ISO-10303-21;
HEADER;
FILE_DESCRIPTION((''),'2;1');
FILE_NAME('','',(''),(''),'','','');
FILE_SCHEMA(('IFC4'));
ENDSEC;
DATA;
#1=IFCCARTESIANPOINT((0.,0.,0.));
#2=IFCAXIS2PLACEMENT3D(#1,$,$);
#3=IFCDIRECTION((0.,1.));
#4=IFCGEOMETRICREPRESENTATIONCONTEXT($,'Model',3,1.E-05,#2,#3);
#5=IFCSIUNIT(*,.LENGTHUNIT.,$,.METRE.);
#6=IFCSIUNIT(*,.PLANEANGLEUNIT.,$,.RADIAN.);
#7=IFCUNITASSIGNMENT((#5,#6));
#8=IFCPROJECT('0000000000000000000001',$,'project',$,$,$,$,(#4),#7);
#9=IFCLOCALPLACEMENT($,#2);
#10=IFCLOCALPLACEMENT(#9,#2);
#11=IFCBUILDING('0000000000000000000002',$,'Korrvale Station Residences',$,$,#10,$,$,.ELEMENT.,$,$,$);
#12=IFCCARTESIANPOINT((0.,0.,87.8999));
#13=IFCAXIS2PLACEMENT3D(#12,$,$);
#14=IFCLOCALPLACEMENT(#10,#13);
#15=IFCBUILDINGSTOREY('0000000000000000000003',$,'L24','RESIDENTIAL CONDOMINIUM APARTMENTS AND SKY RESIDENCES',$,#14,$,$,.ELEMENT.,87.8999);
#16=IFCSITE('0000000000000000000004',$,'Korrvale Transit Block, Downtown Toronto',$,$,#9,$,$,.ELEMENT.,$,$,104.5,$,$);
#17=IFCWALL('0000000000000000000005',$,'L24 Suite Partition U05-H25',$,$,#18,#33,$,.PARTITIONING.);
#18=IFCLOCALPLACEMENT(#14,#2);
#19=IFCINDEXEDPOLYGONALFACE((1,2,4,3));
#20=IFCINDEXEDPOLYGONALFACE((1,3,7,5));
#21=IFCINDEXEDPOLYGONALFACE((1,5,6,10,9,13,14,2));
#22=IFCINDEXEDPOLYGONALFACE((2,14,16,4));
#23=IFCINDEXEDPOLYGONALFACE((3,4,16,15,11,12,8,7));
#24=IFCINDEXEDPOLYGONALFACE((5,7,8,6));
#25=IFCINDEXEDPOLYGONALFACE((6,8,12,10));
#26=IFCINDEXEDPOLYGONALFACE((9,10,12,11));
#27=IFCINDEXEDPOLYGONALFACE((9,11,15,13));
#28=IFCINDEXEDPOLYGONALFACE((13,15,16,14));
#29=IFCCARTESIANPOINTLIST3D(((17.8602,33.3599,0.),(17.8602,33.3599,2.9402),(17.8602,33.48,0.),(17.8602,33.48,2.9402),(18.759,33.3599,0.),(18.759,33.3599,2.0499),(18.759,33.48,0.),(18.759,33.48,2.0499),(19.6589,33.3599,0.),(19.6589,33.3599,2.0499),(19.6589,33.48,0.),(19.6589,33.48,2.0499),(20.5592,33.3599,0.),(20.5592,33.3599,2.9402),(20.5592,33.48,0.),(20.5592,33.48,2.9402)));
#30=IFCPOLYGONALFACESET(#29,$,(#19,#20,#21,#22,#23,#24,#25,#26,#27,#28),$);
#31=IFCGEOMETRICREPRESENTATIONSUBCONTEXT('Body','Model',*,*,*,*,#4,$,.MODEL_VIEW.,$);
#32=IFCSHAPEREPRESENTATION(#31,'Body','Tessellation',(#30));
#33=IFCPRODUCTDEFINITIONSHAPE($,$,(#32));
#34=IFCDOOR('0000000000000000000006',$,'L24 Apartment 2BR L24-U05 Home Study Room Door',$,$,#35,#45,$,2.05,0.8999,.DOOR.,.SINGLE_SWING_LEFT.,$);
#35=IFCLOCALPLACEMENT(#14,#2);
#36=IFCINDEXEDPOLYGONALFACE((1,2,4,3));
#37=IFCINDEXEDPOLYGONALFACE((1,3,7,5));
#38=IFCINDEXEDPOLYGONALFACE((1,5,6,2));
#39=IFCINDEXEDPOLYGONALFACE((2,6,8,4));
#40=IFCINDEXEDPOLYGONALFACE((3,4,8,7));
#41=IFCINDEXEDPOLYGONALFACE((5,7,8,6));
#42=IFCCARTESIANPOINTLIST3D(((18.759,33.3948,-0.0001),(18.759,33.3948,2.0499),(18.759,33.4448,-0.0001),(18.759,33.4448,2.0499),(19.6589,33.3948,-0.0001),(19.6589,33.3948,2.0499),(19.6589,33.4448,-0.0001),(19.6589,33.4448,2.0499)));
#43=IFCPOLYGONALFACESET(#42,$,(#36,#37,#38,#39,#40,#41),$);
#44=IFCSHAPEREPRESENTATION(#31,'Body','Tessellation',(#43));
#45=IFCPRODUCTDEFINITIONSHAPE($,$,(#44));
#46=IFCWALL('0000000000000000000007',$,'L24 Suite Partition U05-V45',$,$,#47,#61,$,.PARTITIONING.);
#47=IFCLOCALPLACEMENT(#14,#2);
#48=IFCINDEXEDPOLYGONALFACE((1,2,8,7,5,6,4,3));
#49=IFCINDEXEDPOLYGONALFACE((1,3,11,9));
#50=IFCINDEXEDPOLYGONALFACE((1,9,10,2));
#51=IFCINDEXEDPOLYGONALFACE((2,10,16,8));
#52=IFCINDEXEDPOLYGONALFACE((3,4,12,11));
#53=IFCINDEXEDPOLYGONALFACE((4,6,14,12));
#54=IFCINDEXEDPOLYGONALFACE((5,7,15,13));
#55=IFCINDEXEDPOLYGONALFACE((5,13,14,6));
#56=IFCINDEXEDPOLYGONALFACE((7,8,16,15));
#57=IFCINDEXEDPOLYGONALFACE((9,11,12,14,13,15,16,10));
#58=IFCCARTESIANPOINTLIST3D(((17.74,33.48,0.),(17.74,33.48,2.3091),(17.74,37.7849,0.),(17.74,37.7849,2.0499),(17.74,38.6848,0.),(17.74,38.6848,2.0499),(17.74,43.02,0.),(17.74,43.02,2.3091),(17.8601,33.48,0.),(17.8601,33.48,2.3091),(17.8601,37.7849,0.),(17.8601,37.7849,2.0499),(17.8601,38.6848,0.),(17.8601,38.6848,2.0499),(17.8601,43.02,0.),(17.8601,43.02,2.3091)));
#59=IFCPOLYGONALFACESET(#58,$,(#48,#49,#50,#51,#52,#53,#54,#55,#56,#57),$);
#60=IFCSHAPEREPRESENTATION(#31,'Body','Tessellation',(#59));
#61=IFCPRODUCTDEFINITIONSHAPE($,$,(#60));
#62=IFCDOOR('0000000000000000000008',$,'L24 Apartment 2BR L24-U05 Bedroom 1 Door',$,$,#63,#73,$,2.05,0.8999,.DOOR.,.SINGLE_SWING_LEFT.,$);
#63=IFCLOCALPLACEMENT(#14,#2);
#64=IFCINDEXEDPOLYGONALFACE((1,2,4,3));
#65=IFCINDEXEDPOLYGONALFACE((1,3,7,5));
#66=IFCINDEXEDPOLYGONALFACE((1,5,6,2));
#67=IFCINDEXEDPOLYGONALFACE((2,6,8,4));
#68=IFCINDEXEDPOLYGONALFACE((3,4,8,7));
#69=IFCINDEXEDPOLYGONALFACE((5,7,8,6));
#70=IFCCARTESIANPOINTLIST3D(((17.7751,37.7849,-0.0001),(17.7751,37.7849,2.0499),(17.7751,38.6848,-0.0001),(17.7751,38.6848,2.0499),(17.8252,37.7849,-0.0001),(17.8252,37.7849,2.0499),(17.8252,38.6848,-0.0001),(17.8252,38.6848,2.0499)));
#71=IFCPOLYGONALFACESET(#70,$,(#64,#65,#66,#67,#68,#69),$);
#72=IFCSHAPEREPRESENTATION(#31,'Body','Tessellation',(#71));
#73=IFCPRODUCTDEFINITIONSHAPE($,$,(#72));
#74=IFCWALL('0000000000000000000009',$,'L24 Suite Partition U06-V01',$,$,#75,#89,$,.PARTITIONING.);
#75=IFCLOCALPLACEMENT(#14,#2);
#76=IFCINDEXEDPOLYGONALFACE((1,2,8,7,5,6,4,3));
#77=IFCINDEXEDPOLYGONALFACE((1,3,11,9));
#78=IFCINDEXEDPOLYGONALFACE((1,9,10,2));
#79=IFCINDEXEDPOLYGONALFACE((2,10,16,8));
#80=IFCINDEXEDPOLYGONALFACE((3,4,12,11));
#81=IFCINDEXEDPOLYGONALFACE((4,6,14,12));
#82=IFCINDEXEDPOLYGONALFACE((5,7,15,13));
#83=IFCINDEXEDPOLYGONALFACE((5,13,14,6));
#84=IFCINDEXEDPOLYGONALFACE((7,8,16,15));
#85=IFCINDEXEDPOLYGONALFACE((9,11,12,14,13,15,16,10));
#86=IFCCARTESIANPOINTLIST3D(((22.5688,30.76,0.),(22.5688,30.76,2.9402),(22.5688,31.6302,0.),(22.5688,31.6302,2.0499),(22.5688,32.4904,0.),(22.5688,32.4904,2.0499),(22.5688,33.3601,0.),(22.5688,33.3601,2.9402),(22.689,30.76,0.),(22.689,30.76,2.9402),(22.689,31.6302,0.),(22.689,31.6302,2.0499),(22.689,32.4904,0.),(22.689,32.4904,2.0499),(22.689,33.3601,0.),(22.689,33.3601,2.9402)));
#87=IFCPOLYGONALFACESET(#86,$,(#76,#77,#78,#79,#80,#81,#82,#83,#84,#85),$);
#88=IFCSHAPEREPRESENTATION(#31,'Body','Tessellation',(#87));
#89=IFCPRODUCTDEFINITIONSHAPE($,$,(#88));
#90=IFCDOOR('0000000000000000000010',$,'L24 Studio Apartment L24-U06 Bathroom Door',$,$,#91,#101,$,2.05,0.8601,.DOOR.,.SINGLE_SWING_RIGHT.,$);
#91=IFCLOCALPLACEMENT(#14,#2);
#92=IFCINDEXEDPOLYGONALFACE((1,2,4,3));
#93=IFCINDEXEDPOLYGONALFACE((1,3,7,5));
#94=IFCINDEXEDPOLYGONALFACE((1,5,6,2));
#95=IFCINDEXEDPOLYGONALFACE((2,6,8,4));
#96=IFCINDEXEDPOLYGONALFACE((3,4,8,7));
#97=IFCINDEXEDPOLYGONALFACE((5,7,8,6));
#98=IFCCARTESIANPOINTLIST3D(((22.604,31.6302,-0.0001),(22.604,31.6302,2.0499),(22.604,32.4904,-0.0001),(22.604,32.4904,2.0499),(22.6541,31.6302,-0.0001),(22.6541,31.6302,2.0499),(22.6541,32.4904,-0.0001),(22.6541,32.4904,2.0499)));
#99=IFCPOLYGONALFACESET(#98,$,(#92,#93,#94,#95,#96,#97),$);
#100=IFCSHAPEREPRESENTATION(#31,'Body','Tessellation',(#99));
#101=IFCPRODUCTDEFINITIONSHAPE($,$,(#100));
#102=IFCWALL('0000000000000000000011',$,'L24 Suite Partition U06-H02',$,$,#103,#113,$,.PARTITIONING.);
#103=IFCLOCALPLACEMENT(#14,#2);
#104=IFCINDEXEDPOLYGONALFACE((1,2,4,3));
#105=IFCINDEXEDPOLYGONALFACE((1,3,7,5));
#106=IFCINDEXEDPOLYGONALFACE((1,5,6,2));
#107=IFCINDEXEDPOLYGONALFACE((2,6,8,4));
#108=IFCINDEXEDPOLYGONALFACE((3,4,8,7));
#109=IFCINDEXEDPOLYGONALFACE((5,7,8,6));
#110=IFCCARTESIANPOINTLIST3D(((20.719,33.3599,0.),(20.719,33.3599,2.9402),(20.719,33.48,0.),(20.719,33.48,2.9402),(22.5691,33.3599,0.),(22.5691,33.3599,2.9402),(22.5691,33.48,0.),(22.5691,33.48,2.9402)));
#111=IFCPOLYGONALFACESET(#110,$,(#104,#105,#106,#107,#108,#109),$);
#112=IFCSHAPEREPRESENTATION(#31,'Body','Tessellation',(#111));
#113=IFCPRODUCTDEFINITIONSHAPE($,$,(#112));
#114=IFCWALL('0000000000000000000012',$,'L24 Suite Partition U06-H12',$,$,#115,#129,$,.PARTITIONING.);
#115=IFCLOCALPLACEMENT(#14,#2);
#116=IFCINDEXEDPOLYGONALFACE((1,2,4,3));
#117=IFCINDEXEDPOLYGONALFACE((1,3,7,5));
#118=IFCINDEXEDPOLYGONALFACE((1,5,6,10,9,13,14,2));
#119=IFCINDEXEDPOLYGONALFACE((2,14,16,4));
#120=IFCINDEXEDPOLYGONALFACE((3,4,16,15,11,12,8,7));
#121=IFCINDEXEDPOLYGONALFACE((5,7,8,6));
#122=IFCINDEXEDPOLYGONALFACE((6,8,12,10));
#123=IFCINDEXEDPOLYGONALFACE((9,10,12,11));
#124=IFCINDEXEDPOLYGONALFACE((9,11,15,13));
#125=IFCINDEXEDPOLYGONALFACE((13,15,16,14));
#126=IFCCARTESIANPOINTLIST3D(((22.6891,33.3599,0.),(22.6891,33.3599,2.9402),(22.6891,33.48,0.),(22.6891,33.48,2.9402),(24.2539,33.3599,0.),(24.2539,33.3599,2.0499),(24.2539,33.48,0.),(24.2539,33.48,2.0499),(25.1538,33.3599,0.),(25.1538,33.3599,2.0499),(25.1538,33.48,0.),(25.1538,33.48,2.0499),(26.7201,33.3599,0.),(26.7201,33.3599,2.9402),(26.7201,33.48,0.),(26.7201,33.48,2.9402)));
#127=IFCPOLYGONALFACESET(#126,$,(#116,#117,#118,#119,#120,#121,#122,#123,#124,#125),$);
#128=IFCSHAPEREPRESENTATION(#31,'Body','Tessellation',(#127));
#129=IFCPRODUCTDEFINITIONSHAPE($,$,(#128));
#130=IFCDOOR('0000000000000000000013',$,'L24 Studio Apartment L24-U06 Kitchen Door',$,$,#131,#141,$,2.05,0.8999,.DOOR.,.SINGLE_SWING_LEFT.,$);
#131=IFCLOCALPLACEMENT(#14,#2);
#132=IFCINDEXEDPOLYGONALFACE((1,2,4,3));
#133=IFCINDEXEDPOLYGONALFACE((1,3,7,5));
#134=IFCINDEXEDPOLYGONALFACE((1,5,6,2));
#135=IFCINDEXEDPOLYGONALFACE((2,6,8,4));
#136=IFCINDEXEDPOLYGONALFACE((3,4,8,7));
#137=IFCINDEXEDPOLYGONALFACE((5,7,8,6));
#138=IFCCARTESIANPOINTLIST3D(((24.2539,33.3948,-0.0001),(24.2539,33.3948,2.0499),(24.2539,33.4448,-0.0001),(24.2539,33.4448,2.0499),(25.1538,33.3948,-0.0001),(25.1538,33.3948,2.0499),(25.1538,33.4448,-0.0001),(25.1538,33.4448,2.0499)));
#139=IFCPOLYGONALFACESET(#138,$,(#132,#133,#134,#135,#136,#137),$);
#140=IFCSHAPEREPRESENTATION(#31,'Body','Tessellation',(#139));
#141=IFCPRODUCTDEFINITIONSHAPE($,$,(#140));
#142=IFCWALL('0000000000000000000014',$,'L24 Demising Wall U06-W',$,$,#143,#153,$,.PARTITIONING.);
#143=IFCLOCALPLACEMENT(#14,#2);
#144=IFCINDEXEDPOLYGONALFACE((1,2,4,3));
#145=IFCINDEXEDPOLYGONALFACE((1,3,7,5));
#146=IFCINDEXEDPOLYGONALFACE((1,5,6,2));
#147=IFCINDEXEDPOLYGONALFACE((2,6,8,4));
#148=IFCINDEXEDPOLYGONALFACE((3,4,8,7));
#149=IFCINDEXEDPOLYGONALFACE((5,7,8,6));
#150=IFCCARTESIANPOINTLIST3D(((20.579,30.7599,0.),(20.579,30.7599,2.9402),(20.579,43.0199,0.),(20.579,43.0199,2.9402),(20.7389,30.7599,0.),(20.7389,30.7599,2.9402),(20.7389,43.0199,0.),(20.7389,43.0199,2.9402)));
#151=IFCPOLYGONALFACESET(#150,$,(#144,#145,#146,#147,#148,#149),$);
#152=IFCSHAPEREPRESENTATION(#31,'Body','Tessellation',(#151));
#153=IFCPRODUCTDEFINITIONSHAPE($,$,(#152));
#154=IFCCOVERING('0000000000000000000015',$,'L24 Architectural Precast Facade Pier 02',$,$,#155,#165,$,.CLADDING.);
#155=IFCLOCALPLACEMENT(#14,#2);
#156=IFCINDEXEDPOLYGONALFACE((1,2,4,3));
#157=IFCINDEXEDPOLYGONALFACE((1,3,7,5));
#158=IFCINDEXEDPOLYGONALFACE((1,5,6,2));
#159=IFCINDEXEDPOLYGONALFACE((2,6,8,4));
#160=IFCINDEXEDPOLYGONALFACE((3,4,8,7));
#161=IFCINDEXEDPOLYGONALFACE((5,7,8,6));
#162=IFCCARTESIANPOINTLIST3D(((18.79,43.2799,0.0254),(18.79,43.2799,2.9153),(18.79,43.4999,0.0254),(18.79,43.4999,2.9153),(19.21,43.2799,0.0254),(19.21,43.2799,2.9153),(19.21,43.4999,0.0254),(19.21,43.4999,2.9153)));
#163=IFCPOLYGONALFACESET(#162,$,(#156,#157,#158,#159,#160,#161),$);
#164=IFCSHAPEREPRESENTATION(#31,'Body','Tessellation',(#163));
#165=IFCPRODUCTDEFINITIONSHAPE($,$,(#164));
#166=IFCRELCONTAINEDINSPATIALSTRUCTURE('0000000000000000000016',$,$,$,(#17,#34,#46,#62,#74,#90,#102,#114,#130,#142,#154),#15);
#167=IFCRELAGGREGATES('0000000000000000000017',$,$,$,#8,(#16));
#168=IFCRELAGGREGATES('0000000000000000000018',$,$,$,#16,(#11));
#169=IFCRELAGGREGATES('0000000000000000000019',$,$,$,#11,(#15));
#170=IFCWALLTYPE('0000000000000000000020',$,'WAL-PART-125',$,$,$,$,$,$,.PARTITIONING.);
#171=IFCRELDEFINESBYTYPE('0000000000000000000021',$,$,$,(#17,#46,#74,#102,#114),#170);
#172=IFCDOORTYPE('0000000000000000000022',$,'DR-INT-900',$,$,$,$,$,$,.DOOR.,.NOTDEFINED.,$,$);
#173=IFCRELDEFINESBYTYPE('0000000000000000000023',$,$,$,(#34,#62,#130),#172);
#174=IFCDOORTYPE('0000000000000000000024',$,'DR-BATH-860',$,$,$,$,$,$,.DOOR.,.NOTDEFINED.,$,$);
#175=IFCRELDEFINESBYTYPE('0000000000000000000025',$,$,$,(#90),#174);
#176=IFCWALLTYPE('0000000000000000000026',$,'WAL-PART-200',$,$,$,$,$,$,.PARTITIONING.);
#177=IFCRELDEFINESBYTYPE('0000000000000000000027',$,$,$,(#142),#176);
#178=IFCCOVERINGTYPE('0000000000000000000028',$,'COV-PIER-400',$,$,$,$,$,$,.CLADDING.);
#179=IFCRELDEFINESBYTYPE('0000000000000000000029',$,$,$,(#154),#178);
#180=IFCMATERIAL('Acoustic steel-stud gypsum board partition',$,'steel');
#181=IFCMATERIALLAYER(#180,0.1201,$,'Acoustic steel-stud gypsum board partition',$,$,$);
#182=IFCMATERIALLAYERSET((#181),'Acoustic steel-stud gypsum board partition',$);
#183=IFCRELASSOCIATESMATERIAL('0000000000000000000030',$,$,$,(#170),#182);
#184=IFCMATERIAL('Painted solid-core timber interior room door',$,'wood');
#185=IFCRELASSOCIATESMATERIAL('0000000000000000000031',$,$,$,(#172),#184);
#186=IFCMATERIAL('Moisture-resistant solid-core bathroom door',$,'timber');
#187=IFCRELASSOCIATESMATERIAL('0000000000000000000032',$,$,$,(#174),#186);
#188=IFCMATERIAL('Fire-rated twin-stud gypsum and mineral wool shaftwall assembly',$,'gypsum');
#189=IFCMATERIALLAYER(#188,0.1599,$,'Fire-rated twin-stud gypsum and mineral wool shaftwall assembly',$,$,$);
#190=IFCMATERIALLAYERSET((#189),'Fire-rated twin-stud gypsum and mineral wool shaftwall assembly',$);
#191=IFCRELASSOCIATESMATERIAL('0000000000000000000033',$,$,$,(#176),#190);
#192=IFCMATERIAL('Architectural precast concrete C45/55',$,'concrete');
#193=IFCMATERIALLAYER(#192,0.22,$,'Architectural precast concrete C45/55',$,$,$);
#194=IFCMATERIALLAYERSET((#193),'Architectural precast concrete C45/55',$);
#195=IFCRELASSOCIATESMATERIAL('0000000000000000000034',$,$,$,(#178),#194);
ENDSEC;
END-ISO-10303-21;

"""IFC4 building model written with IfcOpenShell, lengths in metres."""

from ifc_helpers import new_model, si_unit, direction, frame, frame_2d, origin, origin_2d, place, context, subcontext, project, spatial, rectangle, extrude, material, layer, layer_set, type_object, element, fill, save


model = new_model("IFC4")

# Units and contexts
model_context = context("Model", 3, precision=1e-05, world=origin(), true_north=direction((0.0, 1.0)))
body_context = subcontext(model_context, "Body", "Model", "MODEL_VIEW")
ifc_project = project(units=[si_unit("LENGTHUNIT", "METRE"), si_unit("PLANEANGLEUNIT", "RADIAN")], contexts=[model_context])

# Site, building, storey
site_placement = place(None, origin())
site = spatial("IfcSite", under=ifc_project, at=site_placement, Name="Korrvale Transit Block, Downtown Toronto", CompositionType="ELEMENT", RefElevation=104.5)
building_placement = place(site_placement, origin())
building = spatial("IfcBuilding", under=site, at=building_placement, Name="Korrvale Station Residences", CompositionType="ELEMENT")
storey_placement = place(building_placement, frame((0.0, 0.0, 87.8999)))
storey = spatial("IfcBuildingStorey", under=building, at=storey_placement, Name="L24", Description="RESIDENTIAL CONDOMINIUM APARTMENTS AND SKY RESIDENCES", CompositionType="ELEMENT", Elevation=87.8999)

# Shared definitions
ifc_material_1 = material(Name="Acoustic steel-stud gypsum board partition", Category="steel")
ifc_layer_1 = layer(ifc_material_1, 0.1201, Name="Acoustic steel-stud gypsum board partition")
ifc_layer_set_1 = layer_set([ifc_layer_1], Name="Acoustic steel-stud gypsum board partition")
wall_type_1 = type_object("IfcWallType", Name="WAL-PART-125", PredefinedType="PARTITIONING", material=ifc_layer_set_1)
ifc_material_2 = material(Name="Painted solid-core timber interior room door", Category="wood")
door_type_1 = type_object("IfcDoorType", Name="DR-INT-900", OperationType="NOTDEFINED", PredefinedType="DOOR", material=ifc_material_2)

# Walls, openings, doors
wall_1_placement = place(storey_placement, frame((17.8601, 33.4199, 0.0), z_axis=(0.0, 0.0, 1.0), x_axis=(1.0, 0.0, 0.0)))
wall_1 = element("IfcWall", 1, at=wall_1_placement, inside=storey, type_object=wall_type_1, Name="L24 Suite Partition U05-H25", PredefinedType="PARTITIONING", context=body_context, shape_type="SweptSolid", body=[
    extrude(rectangle(XDim=2.699, YDim=0.1201, at=frame_2d((1.3496, 0.0))), origin(), (0.0, 0.0, 1.0), 2.9402),
])
opening_1_placement = place(wall_1_placement, frame((0.8989, 0.0, 0.0)))
opening_1 = element("IfcOpeningElement", 2, at=opening_1_placement, cuts=wall_1, PredefinedType="OPENING", context=body_context, shape_type="SweptSolid", body=[
    extrude(rectangle(XDim=0.8999, YDim=2.05, at=frame_2d((0.45, 1.0249))), frame((0.0, 0.0701, 0.0), z_axis=(0.0, -1.0, 0.0), x_axis=(1.0, 0.0, 0.0)), (0.0, 0.0, 1.0), 0.1401),
])
door_1_placement = place(opening_1_placement, origin())
door_1 = element("IfcDoor", 3, at=door_1_placement, inside=storey, type_object=door_type_1, Name="L24 Apartment 2BR L24-U05 Home Study Room Door", OperationType="SINGLE_SWING_LEFT", OverallHeight=2.05, OverallWidth=0.8999, PredefinedType="DOOR", context=body_context, shape_type="SweptSolid", body=[
    extrude(rectangle(XDim=0.8999, YDim=2.05, at=frame_2d((0.45, 1.0249))), frame((0.0, 0.0249, 0.0), z_axis=(0.0, -1.0, 0.0), x_axis=(1.0, 0.0, 0.0)), (0.0, 0.0, 1.0), 0.05),
])
fill(opening_1, door_1)
wall_2_placement = place(storey_placement, frame((17.8, 33.48, 0.0), z_axis=(0.0, 0.0, 1.0), x_axis=(0.0, 1.0, 0.0)))
wall_2 = element("IfcWall", 4, at=wall_2_placement, inside=storey, type_object=wall_type_1, Name="L24 Suite Partition U05-V45", PredefinedType="PARTITIONING", context=body_context, shape_type="SweptSolid", body=[
    extrude(rectangle(XDim=9.54, YDim=0.1201, at=frame_2d((4.77, 0.0))), origin(), (0.0, 0.0, 1.0), 2.3091),
])
opening_2_placement = place(wall_2_placement, frame((4.3049, 0.0, 0.0)))
opening_2 = element("IfcOpeningElement", 5, at=opening_2_placement, cuts=wall_2, PredefinedType="OPENING", context=body_context, shape_type="SweptSolid", body=[
    extrude(rectangle(XDim=0.8999, YDim=2.05, at=frame_2d((0.45, 1.0249))), frame((0.0, 0.0701, 0.0), z_axis=(0.0, -1.0, 0.0), x_axis=(1.0, 0.0, 0.0)), (0.0, 0.0, 1.0), 0.1401),
])
door_2_placement = place(opening_2_placement, origin())
door_2 = element("IfcDoor", 6, at=door_2_placement, inside=storey, type_object=door_type_1, Name="L24 Apartment 2BR L24-U05 Bedroom 1 Door", OperationType="SINGLE_SWING_LEFT", OverallHeight=2.05, OverallWidth=0.8999, PredefinedType="DOOR", context=body_context, shape_type="SweptSolid", body=[
    extrude(rectangle(XDim=0.8999, YDim=2.05, at=frame_2d((0.45, 1.0249))), frame((0.0, 0.0249, 0.0), z_axis=(0.0, -1.0, 0.0), x_axis=(1.0, 0.0, 0.0)), (0.0, 0.0, 1.0), 0.05),
])
fill(opening_2, door_2)
wall_3_placement = place(storey_placement, frame((22.6289, 30.76, 0.0), z_axis=(0.0, 0.0, 1.0), x_axis=(0.0, 1.0, 0.0)))
wall_3 = element("IfcWall", 7, at=wall_3_placement, inside=storey, type_object=wall_type_1, Name="L24 Suite Partition U06-V01", PredefinedType="PARTITIONING", context=body_context, shape_type="SweptSolid", body=[
    extrude(rectangle(XDim=2.6001, YDim=0.1201, at=frame_2d((1.3, 0.0))), origin(), (0.0, 0.0, 1.0), 2.9402),
])
opening_3_placement = place(wall_3_placement, frame((0.8701, 0.0, 0.0)))
opening_3 = element("IfcOpeningElement", 8, at=opening_3_placement, cuts=wall_3, PredefinedType="OPENING", context=body_context, shape_type="SweptSolid", body=[
    extrude(rectangle(XDim=0.8601, YDim=2.05, at=frame_2d((0.4302, 1.0249))), frame((0.0, 0.0701, 0.0), z_axis=(0.0, -1.0, 0.0), x_axis=(1.0, 0.0, 0.0)), (0.0, 0.0, 1.0), 0.1401),
])
ifc_material_3 = material(Name="Moisture-resistant solid-core bathroom door", Category="timber")
door_type_2 = type_object("IfcDoorType", Name="DR-BATH-860", OperationType="NOTDEFINED", PredefinedType="DOOR", material=ifc_material_3)
door_3_placement = place(opening_3_placement, origin())
door_3 = element("IfcDoor", 9, at=door_3_placement, inside=storey, type_object=door_type_2, Name="L24 Studio Apartment L24-U06 Bathroom Door", OperationType="SINGLE_SWING_RIGHT", OverallHeight=2.05, OverallWidth=0.8601, PredefinedType="DOOR", context=body_context, shape_type="SweptSolid", body=[
    extrude(rectangle(XDim=0.8601, YDim=2.05, at=frame_2d((0.4302, 1.0249))), frame((0.0, 0.0249, 0.0), z_axis=(0.0, -1.0, 0.0), x_axis=(1.0, 0.0, 0.0)), (0.0, 0.0, 1.0), 0.05),
])
fill(opening_3, door_3)

# Wall
wall_4_placement = place(storey_placement, frame((20.719, 33.4199, 0.0), z_axis=(0.0, 0.0, 1.0), x_axis=(1.0, 0.0, 0.0)))
element("IfcWall", 10, at=wall_4_placement, inside=storey, type_object=wall_type_1, Name="L24 Suite Partition U06-H02", PredefinedType="PARTITIONING", context=body_context, shape_type="SweptSolid", body=[
    extrude(rectangle(XDim=1.8501, YDim=0.1201, at=frame_2d((0.925, 0.0))), origin(), (0.0, 0.0, 1.0), 2.9402),
])

# Wall, opening, door
wall_5_placement = place(storey_placement, frame((22.689, 33.4199, 0.0), z_axis=(0.0, 0.0, 1.0), x_axis=(1.0, 0.0, 0.0)))
wall_5 = element("IfcWall", 11, at=wall_5_placement, inside=storey, type_object=wall_type_1, Name="L24 Suite Partition U06-H12", PredefinedType="PARTITIONING", context=body_context, shape_type="SweptSolid", body=[
    extrude(rectangle(XDim=4.031, YDim=0.1201, at=frame_2d((2.0156, 0.0))), origin(), (0.0, 0.0, 1.0), 2.9402),
])
opening_4_placement = place(wall_5_placement, frame((1.5649, 0.0, 0.0)))
opening_4 = element("IfcOpeningElement", 12, at=opening_4_placement, cuts=wall_5, PredefinedType="OPENING", context=body_context, shape_type="SweptSolid", body=[
    extrude(rectangle(XDim=0.8999, YDim=2.05, at=frame_2d((0.45, 1.0249))), frame((0.0, 0.0701, 0.0), z_axis=(0.0, -1.0, 0.0), x_axis=(1.0, 0.0, 0.0)), (0.0, 0.0, 1.0), 0.1401),
])
door_4_placement = place(opening_4_placement, origin())
door_4 = element("IfcDoor", 13, at=door_4_placement, inside=storey, type_object=door_type_1, Name="L24 Studio Apartment L24-U06 Kitchen Door", OperationType="SINGLE_SWING_LEFT", OverallHeight=2.05, OverallWidth=0.8999, PredefinedType="DOOR", context=body_context, shape_type="SweptSolid", body=[
    extrude(rectangle(XDim=0.8999, YDim=2.05, at=frame_2d((0.45, 1.0249))), frame((0.0, 0.0249, 0.0), z_axis=(0.0, -1.0, 0.0), x_axis=(1.0, 0.0, 0.0)), (0.0, 0.0, 1.0), 0.05),
])
fill(opening_4, door_4)

# Wall
ifc_material_4 = material(Name="Fire-rated twin-stud gypsum and mineral wool shaftwall assembly", Category="gypsum")
ifc_layer_2 = layer(ifc_material_4, 0.1599, Name="Fire-rated twin-stud gypsum and mineral wool shaftwall assembly")
ifc_layer_set_2 = layer_set([ifc_layer_2], Name="Fire-rated twin-stud gypsum and mineral wool shaftwall assembly")
wall_type_2 = type_object("IfcWallType", Name="WAL-PART-200", PredefinedType="PARTITIONING", material=ifc_layer_set_2)
wall_6_placement = place(storey_placement, frame((20.6589, 30.76, 0.0), z_axis=(0.0, 0.0, 1.0), x_axis=(0.0, 1.0, 0.0)))
element("IfcWall", 14, at=wall_6_placement, inside=storey, type_object=wall_type_2, Name="L24 Demising Wall U06-W", PredefinedType="PARTITIONING", context=body_context, shape_type="SweptSolid", body=[
    extrude(rectangle(XDim=12.26, YDim=0.1599, at=frame_2d((6.1299, 0.0))), origin(), (0.0, 0.0, 1.0), 2.9402),
])

# Covering
ifc_material_5 = material(Name="Architectural precast concrete C45/55", Category="concrete")
ifc_layer_3 = layer(ifc_material_5, 0.22, Name="Architectural precast concrete C45/55")
ifc_layer_set_3 = layer_set([ifc_layer_3], Name="Architectural precast concrete C45/55")
covering_type = type_object("IfcCoveringType", Name="COV-PIER-400", PredefinedType="CLADDING", material=ifc_layer_set_3)
covering_placement = place(storey_placement, frame((19.0, 43.3899, 0.0254), z_axis=(0.0, 0.0, 1.0), x_axis=(1.0, 0.0, 0.0)))
element("IfcCovering", 15, at=covering_placement, inside=storey, type_object=covering_type, Name="L24 Architectural Precast Facade Pier 02", PredefinedType="CLADDING", context=body_context, shape_type="SweptSolid", body=[
    extrude(rectangle(XDim=0.4199, YDim=0.22, at=origin_2d()), origin(), (0.0, 0.0, 1.0), 2.8899),
])

save(model, "model.ifc")
